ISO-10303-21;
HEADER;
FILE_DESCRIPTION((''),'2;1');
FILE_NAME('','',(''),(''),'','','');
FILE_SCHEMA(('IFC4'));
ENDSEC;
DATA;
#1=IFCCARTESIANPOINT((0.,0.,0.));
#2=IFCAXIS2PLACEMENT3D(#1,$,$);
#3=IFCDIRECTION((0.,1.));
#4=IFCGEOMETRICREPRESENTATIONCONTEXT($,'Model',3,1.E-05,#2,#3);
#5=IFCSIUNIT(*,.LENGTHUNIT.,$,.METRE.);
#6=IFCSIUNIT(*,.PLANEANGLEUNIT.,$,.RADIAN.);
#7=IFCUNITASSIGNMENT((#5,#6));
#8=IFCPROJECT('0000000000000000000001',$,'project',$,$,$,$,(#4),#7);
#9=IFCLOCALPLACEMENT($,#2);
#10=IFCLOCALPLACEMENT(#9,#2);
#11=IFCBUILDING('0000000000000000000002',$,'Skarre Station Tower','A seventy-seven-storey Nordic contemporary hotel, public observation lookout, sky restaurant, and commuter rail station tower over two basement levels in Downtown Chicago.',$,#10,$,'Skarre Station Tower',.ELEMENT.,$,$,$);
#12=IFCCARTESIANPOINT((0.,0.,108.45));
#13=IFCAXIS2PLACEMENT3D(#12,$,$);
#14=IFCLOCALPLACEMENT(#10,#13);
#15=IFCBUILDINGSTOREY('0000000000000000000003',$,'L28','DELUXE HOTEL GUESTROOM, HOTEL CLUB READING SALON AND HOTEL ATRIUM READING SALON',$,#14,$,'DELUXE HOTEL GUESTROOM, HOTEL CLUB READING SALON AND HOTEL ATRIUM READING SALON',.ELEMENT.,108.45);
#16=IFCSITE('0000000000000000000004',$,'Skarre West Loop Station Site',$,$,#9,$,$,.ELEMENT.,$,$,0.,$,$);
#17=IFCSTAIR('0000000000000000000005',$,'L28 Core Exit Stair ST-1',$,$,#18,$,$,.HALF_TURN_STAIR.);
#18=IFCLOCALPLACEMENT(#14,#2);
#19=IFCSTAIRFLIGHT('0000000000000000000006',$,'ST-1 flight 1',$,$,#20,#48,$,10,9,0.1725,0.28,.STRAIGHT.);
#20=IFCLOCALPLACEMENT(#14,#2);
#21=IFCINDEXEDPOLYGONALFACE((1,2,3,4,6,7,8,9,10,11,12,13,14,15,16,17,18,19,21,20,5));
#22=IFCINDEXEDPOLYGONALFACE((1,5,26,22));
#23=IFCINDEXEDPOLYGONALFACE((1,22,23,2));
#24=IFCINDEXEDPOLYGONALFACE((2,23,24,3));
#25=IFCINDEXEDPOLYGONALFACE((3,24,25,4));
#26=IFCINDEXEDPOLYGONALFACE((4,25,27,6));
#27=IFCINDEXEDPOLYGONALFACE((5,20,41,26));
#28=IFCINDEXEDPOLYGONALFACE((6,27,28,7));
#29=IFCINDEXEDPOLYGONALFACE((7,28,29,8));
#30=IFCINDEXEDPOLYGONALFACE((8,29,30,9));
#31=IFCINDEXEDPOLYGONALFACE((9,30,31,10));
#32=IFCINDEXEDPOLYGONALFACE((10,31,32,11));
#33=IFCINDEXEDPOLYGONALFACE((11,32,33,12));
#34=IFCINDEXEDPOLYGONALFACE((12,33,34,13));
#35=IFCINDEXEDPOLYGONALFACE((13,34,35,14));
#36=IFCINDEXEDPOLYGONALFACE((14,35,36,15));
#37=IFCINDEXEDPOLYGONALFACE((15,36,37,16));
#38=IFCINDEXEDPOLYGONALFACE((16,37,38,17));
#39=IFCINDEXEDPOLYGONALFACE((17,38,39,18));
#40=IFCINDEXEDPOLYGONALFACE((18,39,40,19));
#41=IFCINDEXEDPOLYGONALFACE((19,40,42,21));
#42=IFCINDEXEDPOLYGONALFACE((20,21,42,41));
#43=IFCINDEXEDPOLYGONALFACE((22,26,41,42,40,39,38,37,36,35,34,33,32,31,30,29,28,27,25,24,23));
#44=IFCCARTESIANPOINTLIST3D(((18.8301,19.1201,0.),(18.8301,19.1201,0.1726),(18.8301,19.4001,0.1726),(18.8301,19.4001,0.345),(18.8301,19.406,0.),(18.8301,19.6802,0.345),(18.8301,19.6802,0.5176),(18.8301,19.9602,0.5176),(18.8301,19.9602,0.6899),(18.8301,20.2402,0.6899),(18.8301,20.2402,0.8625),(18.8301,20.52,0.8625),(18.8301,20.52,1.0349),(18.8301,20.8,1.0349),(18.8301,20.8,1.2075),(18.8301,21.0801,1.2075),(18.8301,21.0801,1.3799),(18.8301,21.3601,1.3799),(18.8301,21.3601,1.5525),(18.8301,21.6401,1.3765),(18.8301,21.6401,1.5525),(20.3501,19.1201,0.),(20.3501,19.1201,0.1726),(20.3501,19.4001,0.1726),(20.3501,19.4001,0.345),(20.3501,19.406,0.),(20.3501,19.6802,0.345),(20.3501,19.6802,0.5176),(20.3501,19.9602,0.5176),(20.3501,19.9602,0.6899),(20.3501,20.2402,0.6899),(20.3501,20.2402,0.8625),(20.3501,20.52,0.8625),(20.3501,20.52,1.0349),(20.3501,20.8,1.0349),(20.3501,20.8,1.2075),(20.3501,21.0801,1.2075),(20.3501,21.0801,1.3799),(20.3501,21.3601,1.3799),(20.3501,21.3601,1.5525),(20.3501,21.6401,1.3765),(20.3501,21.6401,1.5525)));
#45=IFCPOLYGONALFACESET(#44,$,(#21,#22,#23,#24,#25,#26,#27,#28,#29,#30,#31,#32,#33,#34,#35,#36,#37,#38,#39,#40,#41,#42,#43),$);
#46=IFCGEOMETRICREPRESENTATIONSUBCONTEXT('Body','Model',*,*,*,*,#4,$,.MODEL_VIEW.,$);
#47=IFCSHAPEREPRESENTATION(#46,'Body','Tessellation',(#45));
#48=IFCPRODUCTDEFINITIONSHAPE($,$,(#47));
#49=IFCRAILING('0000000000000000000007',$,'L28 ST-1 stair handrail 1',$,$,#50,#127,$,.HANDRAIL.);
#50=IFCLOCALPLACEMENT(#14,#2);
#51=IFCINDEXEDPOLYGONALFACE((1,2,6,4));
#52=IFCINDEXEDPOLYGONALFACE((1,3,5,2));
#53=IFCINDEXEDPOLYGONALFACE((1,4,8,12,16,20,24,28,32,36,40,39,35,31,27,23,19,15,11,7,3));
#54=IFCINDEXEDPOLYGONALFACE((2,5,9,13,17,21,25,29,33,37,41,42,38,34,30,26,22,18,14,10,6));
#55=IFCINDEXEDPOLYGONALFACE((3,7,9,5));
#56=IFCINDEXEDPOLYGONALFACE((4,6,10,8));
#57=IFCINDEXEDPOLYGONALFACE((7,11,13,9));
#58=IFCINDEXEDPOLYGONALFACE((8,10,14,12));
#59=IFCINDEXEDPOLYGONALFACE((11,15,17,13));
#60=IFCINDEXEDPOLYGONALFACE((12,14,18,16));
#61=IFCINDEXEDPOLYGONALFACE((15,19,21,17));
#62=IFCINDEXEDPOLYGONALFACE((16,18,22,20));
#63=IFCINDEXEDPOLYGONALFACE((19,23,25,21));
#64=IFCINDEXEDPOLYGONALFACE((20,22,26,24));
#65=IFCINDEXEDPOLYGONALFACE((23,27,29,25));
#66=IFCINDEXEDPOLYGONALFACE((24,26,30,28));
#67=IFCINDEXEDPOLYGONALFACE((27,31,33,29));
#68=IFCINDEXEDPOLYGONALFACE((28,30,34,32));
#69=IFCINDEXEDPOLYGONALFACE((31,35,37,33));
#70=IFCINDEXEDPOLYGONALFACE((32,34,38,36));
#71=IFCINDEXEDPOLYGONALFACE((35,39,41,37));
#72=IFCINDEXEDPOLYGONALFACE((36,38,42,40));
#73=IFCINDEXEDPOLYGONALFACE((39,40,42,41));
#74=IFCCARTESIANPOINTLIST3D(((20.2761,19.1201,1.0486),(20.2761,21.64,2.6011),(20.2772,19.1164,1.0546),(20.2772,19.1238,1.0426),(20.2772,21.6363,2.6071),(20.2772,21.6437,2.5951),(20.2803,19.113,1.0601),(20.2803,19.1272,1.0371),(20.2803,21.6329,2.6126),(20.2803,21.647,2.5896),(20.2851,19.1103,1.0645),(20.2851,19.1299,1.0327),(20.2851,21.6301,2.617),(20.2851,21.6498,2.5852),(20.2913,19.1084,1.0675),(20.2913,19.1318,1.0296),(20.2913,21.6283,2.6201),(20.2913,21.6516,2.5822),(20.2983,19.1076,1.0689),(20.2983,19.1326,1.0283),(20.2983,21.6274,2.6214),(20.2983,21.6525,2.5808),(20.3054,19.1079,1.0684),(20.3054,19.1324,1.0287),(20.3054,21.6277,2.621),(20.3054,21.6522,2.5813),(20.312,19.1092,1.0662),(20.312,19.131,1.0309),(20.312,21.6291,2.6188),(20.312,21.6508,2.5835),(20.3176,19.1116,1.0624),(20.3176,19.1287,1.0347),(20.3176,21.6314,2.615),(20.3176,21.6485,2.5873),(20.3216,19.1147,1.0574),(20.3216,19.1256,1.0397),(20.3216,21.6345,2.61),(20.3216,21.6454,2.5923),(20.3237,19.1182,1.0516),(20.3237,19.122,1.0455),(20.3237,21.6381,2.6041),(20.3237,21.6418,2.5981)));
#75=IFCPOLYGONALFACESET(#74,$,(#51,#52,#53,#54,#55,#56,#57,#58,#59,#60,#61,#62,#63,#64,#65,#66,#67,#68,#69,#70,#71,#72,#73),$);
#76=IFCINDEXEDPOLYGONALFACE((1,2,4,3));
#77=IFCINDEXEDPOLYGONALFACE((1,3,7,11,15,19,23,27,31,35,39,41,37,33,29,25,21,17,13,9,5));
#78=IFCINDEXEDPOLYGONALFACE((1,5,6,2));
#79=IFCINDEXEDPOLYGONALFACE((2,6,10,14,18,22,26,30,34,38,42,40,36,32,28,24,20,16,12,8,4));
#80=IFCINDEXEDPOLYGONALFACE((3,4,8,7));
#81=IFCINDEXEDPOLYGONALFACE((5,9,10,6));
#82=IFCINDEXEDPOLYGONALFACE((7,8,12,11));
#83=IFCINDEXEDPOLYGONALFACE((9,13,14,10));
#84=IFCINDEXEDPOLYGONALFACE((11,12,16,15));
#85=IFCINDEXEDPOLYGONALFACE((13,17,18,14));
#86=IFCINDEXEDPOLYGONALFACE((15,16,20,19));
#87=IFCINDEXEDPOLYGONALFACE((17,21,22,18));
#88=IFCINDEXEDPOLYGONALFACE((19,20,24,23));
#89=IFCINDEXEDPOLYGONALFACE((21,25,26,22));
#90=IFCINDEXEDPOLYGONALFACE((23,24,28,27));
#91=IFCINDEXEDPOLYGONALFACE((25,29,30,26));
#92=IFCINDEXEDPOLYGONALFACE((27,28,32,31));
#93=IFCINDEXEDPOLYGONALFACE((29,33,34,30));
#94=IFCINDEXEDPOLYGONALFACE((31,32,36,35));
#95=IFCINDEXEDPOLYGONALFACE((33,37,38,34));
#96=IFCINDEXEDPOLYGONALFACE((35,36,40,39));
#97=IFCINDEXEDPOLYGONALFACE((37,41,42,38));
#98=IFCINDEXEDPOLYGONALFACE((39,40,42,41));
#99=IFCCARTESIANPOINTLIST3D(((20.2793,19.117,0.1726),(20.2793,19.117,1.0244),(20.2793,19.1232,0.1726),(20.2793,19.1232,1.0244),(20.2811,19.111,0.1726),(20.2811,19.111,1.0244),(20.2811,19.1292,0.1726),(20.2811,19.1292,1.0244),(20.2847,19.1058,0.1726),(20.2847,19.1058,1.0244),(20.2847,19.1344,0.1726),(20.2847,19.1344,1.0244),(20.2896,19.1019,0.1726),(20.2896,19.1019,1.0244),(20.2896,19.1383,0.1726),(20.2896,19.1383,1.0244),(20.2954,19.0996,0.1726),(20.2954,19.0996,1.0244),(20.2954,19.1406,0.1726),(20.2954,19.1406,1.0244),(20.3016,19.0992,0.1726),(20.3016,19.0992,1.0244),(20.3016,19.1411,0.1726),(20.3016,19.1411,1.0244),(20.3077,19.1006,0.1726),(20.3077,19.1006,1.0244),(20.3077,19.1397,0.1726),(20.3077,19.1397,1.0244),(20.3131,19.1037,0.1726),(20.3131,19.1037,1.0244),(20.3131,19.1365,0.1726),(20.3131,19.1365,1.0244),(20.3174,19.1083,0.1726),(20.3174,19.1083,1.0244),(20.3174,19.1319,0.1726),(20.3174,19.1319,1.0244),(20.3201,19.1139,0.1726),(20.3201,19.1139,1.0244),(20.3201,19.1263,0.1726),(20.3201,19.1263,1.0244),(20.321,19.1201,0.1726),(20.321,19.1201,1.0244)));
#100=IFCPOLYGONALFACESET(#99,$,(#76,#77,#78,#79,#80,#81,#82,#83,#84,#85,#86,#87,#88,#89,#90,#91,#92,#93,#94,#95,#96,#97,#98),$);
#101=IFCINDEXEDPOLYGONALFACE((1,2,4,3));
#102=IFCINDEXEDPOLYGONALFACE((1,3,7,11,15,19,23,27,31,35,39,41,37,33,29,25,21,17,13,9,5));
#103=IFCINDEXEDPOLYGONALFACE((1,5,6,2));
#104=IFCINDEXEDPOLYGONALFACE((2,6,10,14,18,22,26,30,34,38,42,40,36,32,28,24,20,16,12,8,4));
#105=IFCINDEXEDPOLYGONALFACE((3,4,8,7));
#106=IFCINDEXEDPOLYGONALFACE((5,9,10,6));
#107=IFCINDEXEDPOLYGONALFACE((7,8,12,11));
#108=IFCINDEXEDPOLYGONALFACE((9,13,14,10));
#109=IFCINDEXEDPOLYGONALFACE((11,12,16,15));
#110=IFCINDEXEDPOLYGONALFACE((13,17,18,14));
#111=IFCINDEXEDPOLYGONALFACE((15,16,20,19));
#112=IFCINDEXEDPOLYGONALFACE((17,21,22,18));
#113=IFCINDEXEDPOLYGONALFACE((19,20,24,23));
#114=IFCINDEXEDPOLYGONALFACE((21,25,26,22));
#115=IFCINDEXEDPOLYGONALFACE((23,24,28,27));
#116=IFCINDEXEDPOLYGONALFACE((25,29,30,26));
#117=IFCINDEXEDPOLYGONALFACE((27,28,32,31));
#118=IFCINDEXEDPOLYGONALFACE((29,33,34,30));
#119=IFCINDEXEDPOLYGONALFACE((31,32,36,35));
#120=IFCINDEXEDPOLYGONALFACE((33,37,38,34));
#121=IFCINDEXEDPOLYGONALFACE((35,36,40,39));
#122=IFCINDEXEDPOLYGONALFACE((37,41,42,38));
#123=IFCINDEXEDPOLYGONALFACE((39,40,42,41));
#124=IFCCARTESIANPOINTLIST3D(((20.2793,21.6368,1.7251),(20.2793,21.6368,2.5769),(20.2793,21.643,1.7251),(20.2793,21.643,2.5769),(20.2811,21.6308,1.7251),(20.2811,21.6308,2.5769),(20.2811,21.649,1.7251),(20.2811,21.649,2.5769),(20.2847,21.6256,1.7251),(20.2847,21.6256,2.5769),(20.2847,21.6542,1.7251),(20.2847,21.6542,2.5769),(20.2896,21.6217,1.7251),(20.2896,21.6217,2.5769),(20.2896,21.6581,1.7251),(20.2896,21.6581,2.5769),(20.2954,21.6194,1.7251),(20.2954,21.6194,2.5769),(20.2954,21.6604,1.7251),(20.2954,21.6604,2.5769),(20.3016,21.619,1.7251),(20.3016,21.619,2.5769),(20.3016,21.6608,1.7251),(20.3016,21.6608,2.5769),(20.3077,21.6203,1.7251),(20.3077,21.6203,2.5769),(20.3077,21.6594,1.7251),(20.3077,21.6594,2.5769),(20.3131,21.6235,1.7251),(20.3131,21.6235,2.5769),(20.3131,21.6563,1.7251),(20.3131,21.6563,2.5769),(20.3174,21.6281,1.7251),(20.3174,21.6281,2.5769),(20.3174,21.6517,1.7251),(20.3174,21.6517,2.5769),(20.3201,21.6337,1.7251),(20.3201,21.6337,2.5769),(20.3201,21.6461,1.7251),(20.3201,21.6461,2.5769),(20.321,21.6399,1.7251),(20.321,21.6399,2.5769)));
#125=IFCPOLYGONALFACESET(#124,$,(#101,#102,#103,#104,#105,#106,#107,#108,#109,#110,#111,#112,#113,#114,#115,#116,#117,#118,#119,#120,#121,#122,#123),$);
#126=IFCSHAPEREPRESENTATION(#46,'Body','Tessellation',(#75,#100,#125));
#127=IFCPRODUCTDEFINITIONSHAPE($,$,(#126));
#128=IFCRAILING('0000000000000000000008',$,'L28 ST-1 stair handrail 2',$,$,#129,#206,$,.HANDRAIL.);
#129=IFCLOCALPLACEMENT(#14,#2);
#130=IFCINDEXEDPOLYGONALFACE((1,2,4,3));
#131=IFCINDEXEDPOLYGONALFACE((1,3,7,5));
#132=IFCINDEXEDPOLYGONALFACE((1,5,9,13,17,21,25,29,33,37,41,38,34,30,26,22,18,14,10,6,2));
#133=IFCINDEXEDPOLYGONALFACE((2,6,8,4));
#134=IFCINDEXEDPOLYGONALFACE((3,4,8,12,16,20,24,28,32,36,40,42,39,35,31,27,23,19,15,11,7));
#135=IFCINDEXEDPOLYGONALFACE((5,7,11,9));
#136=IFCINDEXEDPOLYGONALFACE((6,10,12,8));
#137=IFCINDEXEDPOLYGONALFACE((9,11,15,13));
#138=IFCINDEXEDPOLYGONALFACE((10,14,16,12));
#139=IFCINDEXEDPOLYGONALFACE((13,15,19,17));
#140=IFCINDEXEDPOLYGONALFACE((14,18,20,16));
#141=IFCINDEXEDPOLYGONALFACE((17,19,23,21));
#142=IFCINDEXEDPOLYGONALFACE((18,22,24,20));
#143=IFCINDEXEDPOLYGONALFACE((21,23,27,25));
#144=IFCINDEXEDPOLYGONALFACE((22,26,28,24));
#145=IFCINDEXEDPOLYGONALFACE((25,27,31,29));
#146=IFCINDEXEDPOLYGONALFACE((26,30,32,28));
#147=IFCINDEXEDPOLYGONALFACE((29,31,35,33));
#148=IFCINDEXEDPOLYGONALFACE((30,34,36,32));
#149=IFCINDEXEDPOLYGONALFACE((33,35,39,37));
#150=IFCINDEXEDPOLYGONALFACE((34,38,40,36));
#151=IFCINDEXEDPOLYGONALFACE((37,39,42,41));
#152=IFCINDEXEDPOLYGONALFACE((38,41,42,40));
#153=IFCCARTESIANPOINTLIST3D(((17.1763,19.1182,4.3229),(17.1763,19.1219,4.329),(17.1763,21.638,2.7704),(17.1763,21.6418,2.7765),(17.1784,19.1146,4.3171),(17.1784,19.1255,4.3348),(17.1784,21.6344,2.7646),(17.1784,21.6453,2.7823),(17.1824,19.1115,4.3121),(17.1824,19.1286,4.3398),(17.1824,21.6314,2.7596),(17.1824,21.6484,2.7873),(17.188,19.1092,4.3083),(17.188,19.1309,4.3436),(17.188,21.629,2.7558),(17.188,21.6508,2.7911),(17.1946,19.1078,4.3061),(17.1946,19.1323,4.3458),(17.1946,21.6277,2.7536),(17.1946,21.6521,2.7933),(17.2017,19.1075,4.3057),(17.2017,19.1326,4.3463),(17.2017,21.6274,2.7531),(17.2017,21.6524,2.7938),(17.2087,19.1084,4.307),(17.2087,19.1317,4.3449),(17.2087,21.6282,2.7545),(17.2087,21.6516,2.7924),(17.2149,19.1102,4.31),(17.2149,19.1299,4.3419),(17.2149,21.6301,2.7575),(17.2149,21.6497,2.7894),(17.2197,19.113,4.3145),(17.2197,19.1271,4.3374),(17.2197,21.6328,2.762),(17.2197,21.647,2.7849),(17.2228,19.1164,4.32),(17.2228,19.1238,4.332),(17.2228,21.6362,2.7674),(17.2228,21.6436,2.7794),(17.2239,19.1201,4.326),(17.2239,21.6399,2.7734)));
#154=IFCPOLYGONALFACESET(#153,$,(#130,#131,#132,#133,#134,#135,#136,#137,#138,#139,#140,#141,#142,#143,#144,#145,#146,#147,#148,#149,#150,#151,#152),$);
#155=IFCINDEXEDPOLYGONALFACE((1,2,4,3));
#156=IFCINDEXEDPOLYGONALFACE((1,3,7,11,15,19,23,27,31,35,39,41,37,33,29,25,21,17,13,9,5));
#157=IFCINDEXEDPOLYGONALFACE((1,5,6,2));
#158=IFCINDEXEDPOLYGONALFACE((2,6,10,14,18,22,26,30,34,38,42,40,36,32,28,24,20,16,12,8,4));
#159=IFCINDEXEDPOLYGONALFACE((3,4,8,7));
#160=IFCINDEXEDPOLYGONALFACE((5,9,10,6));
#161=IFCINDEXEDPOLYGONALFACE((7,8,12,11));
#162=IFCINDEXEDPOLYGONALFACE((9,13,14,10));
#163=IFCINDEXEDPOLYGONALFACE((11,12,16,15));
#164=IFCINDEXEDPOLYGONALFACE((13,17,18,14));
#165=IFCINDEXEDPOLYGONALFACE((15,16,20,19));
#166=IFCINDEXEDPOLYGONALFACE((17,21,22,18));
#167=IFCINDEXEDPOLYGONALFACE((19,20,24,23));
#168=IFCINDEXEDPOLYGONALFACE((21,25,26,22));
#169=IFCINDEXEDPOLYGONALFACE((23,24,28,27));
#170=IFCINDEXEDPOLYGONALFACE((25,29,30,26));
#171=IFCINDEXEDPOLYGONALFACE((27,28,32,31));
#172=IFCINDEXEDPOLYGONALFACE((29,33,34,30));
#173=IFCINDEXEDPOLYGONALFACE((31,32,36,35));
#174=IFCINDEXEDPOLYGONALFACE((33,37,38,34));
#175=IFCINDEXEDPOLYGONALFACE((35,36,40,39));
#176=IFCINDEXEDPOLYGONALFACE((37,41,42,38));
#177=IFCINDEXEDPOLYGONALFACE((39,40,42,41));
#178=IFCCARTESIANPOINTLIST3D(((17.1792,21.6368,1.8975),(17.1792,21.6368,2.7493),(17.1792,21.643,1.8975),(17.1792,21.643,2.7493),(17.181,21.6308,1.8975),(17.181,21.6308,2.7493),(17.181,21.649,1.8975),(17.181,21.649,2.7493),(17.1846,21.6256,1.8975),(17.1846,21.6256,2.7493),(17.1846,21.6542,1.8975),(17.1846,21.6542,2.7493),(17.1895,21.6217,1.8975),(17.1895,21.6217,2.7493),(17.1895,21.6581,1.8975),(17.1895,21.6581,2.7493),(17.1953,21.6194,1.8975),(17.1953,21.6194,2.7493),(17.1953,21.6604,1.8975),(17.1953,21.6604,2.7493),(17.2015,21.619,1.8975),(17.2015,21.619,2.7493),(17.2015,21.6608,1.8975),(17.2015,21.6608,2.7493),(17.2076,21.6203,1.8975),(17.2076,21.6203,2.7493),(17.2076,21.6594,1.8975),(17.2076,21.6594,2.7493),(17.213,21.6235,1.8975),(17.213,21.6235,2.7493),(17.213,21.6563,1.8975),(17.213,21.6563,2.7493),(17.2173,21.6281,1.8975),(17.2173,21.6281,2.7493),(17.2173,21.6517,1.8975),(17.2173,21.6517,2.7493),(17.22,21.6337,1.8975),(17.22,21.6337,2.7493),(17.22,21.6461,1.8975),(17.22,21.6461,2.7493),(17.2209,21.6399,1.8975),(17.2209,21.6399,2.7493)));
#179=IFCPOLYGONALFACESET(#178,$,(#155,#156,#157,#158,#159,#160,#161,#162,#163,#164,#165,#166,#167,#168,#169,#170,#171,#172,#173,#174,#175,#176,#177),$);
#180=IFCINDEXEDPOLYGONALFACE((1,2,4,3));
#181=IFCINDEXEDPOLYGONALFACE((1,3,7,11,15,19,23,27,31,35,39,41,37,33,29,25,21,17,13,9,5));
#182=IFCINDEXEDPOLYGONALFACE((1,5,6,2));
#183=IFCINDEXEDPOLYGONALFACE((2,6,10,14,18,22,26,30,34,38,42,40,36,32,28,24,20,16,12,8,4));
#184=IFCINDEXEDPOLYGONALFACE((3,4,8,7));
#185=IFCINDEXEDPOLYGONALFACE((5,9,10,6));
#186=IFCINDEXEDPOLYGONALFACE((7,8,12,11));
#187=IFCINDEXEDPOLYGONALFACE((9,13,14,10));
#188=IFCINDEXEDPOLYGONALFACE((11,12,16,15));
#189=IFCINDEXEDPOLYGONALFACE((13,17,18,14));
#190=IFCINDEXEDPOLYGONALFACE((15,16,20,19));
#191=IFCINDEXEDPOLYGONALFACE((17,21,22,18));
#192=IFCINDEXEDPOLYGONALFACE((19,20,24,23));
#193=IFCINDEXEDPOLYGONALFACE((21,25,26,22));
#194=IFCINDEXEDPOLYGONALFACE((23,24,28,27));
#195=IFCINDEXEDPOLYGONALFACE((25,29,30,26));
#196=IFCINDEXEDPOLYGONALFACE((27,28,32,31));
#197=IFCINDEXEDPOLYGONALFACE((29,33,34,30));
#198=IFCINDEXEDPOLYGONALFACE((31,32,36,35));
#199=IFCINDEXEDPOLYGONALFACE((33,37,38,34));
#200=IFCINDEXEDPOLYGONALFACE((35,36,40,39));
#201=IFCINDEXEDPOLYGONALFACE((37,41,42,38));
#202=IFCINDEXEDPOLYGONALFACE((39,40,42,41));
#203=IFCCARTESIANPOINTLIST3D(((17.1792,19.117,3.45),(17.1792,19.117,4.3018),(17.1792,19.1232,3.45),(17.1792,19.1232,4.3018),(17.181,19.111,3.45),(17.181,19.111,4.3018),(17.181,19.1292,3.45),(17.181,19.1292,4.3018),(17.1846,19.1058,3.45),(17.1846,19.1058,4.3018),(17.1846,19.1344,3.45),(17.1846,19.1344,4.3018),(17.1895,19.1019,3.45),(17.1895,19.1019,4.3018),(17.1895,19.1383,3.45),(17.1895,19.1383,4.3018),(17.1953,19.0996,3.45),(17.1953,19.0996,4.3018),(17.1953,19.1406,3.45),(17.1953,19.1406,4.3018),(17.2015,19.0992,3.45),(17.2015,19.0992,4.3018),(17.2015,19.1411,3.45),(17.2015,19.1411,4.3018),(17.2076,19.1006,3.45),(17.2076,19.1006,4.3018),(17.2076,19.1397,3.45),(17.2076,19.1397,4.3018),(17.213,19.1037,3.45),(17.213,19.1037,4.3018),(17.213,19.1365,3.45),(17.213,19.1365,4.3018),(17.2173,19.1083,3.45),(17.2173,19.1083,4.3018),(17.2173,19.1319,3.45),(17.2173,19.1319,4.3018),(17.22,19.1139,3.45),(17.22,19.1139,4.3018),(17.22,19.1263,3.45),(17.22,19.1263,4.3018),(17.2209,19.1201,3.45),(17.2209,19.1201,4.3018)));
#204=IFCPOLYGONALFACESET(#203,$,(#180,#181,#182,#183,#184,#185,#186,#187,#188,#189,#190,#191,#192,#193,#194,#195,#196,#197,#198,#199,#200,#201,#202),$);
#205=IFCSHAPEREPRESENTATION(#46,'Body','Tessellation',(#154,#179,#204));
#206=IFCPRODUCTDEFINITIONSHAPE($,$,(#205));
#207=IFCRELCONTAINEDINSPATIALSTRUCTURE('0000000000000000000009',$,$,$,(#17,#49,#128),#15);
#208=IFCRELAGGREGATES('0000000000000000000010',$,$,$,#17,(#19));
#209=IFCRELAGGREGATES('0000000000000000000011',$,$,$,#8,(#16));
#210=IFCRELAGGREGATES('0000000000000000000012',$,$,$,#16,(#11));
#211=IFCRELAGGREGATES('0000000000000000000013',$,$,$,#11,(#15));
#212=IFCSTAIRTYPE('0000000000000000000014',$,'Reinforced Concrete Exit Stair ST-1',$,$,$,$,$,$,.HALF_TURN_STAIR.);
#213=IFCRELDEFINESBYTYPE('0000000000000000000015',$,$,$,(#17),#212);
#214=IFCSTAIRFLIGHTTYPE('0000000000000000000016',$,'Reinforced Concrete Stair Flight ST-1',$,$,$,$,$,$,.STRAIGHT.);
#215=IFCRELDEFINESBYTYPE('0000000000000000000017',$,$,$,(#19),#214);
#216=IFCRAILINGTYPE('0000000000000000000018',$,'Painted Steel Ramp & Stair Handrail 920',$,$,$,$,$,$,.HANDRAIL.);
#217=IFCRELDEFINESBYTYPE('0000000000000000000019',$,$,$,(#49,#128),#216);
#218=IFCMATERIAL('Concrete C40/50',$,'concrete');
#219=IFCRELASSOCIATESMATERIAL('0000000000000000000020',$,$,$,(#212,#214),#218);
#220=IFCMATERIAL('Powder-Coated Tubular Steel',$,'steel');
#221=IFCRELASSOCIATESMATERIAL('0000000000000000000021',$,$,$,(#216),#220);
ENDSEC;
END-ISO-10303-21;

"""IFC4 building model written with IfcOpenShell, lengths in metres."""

from ifc_helpers import new_model, si_unit, direction, frame, origin, origin_2d, place, context, subcontext, project, spatial, polyline, circle, outline, extrude, material, type_object, element, aggregate, save


model = new_model("IFC4")

# Units and contexts
model_context = context("Model", 3, precision=1e-05, world=origin(), true_north=direction((0.0, 1.0)))
body_context = subcontext(model_context, "Body", "Model", "MODEL_VIEW")
ifc_project = project(units=[si_unit("LENGTHUNIT", "METRE"), si_unit("PLANEANGLEUNIT", "RADIAN")], contexts=[model_context])

# Site, building, storey
site_placement = place(None, origin())
site = spatial("IfcSite", under=ifc_project, at=site_placement, Name="Skarre West Loop Station Site", CompositionType="ELEMENT", RefElevation=0.0)
building_placement = place(site_placement, origin())
building = spatial("IfcBuilding", under=site, at=building_placement, Name="Skarre Station Tower", Description="A seventy-seven-storey Nordic contemporary hotel, public observation lookout, sky restaurant, and commuter rail station tower over two basement levels in Downtown Chicago.", LongName="Skarre Station Tower", CompositionType="ELEMENT")
storey_placement = place(building_placement, frame((0.0, 0.0, 108.45)))
storey = spatial("IfcBuildingStorey", under=building, at=storey_placement, Name="L28", Description="DELUXE HOTEL GUESTROOM, HOTEL CLUB READING SALON AND HOTEL ATRIUM READING SALON", LongName="DELUXE HOTEL GUESTROOM, HOTEL CLUB READING SALON AND HOTEL ATRIUM READING SALON", CompositionType="ELEMENT", Elevation=108.45)

# Stair, stair flight
ifc_material_1 = material(Name="Concrete C40/50", Category="concrete")
stair_type = type_object("IfcStairType", Name="Reinforced Concrete Exit Stair ST-1", PredefinedType="HALF_TURN_STAIR", material=ifc_material_1)
stair_placement = place(storey_placement, origin())
stair = element("IfcStair", 1, at=stair_placement, inside=storey, type_object=stair_type, Name="L28 Core Exit Stair ST-1", PredefinedType="HALF_TURN_STAIR")
stair_flight_type = type_object("IfcStairFlightType", Name="Reinforced Concrete Stair Flight ST-1", PredefinedType="STRAIGHT", material=ifc_material_1)
stair_flight_placement = place(storey_placement, frame((19.5901, 19.1201, 0.0), z_axis=(0.0, 0.0, 1.0), x_axis=(0.0, 1.0, 0.0)))
stair_flight = element("IfcStairFlight", 2, at=stair_flight_placement, type_object=stair_flight_type, Name="ST-1 flight 1", NumberOfRisers=10, NumberOfTreads=9, PredefinedType="STRAIGHT", RiserHeight=0.1725, TreadLength=0.28, context=body_context, shape_type="SweptSolid", body=[
    extrude(outline(polyline([(0.0, 0.0), (0.0, 0.1726), (0.28, 0.1726), (0.28, 0.345), (0.5601, 0.345), (0.5601, 0.5176), (0.8401, 0.5176), (0.8401, 0.6899), (1.1201, 0.6899), (1.1201, 0.8625), (1.3999, 0.8625), (1.3999, 1.0349), (1.6799, 1.0349), (1.6799, 1.2075), (1.96, 1.2075), (1.96, 1.3799), (2.24, 1.3799), (2.24, 1.5525), (2.52, 1.5525), (2.52, 1.7251), (2.52, 1.3765), (0.2859, 0.0), (0.0, 0.0)])), frame((0.0, 0.76, 0.0), z_axis=(0.0, -1.0, 0.0), x_axis=(1.0, 0.0, 0.0)), (0.0, 0.0, 1.0), 1.52),
])
aggregate(stair, [stair_flight])

# Railings
ifc_material_2 = material(Name="Powder-Coated Tubular Steel", Category="steel")
railing_type_1 = type_object("IfcRailingType", Name="Painted Steel Ramp & Stair Handrail 920", PredefinedType="HANDRAIL", material=ifc_material_2)
railing_1_placement = place(storey_placement, frame((20.3, 19.1201, 0.1726)))
element("IfcRailing", 3, at=railing_1_placement, inside=storey, type_object=railing_type_1, Name="L28 ST-1 stair handrail 1", PredefinedType="HANDRAIL", context=body_context, shape_type="SweptSolid", body=[
    extrude(circle(Radius=0.0239, at=origin_2d()), frame((0.0, 0.0, 0.876), z_axis=(0.0, 0.851378, 0.524553), x_axis=(-1.0, 0.0, 0.0)), (0.0, 0.0, 1.0), 2.9597),
    extrude(circle(Radius=0.021, at=origin_2d()), origin(), (0.0, 0.0, 1.0), 0.8518),
    extrude(circle(Radius=0.021, at=origin_2d()), frame((0.0, 2.5198, 1.5525)), (0.0, 0.0, 1.0), 0.8518),
])
railing_2_placement = place(storey_placement, frame((17.2, 21.6399, 1.8975)))
element("IfcRailing", 4, at=railing_2_placement, inside=storey, type_object=railing_type_1, Name="L28 ST-1 stair handrail 2", PredefinedType="HANDRAIL", context=body_context, shape_type="SweptSolid", body=[
    extrude(circle(Radius=0.0239, at=origin_2d()), frame((0.0, 0.0, 0.876), z_axis=(0.0, -0.851378, 0.524553), x_axis=(1.0, 0.0, 0.0)), (0.0, 0.0, 1.0), 2.9597),
    extrude(circle(Radius=0.021, at=origin_2d()), origin(), (0.0, 0.0, 1.0), 0.8518),
    extrude(circle(Radius=0.021, at=origin_2d()), frame((0.0, -2.5198, 1.5525)), (0.0, 0.0, 1.0), 0.8518),
])

save(model, "model.ifc")
